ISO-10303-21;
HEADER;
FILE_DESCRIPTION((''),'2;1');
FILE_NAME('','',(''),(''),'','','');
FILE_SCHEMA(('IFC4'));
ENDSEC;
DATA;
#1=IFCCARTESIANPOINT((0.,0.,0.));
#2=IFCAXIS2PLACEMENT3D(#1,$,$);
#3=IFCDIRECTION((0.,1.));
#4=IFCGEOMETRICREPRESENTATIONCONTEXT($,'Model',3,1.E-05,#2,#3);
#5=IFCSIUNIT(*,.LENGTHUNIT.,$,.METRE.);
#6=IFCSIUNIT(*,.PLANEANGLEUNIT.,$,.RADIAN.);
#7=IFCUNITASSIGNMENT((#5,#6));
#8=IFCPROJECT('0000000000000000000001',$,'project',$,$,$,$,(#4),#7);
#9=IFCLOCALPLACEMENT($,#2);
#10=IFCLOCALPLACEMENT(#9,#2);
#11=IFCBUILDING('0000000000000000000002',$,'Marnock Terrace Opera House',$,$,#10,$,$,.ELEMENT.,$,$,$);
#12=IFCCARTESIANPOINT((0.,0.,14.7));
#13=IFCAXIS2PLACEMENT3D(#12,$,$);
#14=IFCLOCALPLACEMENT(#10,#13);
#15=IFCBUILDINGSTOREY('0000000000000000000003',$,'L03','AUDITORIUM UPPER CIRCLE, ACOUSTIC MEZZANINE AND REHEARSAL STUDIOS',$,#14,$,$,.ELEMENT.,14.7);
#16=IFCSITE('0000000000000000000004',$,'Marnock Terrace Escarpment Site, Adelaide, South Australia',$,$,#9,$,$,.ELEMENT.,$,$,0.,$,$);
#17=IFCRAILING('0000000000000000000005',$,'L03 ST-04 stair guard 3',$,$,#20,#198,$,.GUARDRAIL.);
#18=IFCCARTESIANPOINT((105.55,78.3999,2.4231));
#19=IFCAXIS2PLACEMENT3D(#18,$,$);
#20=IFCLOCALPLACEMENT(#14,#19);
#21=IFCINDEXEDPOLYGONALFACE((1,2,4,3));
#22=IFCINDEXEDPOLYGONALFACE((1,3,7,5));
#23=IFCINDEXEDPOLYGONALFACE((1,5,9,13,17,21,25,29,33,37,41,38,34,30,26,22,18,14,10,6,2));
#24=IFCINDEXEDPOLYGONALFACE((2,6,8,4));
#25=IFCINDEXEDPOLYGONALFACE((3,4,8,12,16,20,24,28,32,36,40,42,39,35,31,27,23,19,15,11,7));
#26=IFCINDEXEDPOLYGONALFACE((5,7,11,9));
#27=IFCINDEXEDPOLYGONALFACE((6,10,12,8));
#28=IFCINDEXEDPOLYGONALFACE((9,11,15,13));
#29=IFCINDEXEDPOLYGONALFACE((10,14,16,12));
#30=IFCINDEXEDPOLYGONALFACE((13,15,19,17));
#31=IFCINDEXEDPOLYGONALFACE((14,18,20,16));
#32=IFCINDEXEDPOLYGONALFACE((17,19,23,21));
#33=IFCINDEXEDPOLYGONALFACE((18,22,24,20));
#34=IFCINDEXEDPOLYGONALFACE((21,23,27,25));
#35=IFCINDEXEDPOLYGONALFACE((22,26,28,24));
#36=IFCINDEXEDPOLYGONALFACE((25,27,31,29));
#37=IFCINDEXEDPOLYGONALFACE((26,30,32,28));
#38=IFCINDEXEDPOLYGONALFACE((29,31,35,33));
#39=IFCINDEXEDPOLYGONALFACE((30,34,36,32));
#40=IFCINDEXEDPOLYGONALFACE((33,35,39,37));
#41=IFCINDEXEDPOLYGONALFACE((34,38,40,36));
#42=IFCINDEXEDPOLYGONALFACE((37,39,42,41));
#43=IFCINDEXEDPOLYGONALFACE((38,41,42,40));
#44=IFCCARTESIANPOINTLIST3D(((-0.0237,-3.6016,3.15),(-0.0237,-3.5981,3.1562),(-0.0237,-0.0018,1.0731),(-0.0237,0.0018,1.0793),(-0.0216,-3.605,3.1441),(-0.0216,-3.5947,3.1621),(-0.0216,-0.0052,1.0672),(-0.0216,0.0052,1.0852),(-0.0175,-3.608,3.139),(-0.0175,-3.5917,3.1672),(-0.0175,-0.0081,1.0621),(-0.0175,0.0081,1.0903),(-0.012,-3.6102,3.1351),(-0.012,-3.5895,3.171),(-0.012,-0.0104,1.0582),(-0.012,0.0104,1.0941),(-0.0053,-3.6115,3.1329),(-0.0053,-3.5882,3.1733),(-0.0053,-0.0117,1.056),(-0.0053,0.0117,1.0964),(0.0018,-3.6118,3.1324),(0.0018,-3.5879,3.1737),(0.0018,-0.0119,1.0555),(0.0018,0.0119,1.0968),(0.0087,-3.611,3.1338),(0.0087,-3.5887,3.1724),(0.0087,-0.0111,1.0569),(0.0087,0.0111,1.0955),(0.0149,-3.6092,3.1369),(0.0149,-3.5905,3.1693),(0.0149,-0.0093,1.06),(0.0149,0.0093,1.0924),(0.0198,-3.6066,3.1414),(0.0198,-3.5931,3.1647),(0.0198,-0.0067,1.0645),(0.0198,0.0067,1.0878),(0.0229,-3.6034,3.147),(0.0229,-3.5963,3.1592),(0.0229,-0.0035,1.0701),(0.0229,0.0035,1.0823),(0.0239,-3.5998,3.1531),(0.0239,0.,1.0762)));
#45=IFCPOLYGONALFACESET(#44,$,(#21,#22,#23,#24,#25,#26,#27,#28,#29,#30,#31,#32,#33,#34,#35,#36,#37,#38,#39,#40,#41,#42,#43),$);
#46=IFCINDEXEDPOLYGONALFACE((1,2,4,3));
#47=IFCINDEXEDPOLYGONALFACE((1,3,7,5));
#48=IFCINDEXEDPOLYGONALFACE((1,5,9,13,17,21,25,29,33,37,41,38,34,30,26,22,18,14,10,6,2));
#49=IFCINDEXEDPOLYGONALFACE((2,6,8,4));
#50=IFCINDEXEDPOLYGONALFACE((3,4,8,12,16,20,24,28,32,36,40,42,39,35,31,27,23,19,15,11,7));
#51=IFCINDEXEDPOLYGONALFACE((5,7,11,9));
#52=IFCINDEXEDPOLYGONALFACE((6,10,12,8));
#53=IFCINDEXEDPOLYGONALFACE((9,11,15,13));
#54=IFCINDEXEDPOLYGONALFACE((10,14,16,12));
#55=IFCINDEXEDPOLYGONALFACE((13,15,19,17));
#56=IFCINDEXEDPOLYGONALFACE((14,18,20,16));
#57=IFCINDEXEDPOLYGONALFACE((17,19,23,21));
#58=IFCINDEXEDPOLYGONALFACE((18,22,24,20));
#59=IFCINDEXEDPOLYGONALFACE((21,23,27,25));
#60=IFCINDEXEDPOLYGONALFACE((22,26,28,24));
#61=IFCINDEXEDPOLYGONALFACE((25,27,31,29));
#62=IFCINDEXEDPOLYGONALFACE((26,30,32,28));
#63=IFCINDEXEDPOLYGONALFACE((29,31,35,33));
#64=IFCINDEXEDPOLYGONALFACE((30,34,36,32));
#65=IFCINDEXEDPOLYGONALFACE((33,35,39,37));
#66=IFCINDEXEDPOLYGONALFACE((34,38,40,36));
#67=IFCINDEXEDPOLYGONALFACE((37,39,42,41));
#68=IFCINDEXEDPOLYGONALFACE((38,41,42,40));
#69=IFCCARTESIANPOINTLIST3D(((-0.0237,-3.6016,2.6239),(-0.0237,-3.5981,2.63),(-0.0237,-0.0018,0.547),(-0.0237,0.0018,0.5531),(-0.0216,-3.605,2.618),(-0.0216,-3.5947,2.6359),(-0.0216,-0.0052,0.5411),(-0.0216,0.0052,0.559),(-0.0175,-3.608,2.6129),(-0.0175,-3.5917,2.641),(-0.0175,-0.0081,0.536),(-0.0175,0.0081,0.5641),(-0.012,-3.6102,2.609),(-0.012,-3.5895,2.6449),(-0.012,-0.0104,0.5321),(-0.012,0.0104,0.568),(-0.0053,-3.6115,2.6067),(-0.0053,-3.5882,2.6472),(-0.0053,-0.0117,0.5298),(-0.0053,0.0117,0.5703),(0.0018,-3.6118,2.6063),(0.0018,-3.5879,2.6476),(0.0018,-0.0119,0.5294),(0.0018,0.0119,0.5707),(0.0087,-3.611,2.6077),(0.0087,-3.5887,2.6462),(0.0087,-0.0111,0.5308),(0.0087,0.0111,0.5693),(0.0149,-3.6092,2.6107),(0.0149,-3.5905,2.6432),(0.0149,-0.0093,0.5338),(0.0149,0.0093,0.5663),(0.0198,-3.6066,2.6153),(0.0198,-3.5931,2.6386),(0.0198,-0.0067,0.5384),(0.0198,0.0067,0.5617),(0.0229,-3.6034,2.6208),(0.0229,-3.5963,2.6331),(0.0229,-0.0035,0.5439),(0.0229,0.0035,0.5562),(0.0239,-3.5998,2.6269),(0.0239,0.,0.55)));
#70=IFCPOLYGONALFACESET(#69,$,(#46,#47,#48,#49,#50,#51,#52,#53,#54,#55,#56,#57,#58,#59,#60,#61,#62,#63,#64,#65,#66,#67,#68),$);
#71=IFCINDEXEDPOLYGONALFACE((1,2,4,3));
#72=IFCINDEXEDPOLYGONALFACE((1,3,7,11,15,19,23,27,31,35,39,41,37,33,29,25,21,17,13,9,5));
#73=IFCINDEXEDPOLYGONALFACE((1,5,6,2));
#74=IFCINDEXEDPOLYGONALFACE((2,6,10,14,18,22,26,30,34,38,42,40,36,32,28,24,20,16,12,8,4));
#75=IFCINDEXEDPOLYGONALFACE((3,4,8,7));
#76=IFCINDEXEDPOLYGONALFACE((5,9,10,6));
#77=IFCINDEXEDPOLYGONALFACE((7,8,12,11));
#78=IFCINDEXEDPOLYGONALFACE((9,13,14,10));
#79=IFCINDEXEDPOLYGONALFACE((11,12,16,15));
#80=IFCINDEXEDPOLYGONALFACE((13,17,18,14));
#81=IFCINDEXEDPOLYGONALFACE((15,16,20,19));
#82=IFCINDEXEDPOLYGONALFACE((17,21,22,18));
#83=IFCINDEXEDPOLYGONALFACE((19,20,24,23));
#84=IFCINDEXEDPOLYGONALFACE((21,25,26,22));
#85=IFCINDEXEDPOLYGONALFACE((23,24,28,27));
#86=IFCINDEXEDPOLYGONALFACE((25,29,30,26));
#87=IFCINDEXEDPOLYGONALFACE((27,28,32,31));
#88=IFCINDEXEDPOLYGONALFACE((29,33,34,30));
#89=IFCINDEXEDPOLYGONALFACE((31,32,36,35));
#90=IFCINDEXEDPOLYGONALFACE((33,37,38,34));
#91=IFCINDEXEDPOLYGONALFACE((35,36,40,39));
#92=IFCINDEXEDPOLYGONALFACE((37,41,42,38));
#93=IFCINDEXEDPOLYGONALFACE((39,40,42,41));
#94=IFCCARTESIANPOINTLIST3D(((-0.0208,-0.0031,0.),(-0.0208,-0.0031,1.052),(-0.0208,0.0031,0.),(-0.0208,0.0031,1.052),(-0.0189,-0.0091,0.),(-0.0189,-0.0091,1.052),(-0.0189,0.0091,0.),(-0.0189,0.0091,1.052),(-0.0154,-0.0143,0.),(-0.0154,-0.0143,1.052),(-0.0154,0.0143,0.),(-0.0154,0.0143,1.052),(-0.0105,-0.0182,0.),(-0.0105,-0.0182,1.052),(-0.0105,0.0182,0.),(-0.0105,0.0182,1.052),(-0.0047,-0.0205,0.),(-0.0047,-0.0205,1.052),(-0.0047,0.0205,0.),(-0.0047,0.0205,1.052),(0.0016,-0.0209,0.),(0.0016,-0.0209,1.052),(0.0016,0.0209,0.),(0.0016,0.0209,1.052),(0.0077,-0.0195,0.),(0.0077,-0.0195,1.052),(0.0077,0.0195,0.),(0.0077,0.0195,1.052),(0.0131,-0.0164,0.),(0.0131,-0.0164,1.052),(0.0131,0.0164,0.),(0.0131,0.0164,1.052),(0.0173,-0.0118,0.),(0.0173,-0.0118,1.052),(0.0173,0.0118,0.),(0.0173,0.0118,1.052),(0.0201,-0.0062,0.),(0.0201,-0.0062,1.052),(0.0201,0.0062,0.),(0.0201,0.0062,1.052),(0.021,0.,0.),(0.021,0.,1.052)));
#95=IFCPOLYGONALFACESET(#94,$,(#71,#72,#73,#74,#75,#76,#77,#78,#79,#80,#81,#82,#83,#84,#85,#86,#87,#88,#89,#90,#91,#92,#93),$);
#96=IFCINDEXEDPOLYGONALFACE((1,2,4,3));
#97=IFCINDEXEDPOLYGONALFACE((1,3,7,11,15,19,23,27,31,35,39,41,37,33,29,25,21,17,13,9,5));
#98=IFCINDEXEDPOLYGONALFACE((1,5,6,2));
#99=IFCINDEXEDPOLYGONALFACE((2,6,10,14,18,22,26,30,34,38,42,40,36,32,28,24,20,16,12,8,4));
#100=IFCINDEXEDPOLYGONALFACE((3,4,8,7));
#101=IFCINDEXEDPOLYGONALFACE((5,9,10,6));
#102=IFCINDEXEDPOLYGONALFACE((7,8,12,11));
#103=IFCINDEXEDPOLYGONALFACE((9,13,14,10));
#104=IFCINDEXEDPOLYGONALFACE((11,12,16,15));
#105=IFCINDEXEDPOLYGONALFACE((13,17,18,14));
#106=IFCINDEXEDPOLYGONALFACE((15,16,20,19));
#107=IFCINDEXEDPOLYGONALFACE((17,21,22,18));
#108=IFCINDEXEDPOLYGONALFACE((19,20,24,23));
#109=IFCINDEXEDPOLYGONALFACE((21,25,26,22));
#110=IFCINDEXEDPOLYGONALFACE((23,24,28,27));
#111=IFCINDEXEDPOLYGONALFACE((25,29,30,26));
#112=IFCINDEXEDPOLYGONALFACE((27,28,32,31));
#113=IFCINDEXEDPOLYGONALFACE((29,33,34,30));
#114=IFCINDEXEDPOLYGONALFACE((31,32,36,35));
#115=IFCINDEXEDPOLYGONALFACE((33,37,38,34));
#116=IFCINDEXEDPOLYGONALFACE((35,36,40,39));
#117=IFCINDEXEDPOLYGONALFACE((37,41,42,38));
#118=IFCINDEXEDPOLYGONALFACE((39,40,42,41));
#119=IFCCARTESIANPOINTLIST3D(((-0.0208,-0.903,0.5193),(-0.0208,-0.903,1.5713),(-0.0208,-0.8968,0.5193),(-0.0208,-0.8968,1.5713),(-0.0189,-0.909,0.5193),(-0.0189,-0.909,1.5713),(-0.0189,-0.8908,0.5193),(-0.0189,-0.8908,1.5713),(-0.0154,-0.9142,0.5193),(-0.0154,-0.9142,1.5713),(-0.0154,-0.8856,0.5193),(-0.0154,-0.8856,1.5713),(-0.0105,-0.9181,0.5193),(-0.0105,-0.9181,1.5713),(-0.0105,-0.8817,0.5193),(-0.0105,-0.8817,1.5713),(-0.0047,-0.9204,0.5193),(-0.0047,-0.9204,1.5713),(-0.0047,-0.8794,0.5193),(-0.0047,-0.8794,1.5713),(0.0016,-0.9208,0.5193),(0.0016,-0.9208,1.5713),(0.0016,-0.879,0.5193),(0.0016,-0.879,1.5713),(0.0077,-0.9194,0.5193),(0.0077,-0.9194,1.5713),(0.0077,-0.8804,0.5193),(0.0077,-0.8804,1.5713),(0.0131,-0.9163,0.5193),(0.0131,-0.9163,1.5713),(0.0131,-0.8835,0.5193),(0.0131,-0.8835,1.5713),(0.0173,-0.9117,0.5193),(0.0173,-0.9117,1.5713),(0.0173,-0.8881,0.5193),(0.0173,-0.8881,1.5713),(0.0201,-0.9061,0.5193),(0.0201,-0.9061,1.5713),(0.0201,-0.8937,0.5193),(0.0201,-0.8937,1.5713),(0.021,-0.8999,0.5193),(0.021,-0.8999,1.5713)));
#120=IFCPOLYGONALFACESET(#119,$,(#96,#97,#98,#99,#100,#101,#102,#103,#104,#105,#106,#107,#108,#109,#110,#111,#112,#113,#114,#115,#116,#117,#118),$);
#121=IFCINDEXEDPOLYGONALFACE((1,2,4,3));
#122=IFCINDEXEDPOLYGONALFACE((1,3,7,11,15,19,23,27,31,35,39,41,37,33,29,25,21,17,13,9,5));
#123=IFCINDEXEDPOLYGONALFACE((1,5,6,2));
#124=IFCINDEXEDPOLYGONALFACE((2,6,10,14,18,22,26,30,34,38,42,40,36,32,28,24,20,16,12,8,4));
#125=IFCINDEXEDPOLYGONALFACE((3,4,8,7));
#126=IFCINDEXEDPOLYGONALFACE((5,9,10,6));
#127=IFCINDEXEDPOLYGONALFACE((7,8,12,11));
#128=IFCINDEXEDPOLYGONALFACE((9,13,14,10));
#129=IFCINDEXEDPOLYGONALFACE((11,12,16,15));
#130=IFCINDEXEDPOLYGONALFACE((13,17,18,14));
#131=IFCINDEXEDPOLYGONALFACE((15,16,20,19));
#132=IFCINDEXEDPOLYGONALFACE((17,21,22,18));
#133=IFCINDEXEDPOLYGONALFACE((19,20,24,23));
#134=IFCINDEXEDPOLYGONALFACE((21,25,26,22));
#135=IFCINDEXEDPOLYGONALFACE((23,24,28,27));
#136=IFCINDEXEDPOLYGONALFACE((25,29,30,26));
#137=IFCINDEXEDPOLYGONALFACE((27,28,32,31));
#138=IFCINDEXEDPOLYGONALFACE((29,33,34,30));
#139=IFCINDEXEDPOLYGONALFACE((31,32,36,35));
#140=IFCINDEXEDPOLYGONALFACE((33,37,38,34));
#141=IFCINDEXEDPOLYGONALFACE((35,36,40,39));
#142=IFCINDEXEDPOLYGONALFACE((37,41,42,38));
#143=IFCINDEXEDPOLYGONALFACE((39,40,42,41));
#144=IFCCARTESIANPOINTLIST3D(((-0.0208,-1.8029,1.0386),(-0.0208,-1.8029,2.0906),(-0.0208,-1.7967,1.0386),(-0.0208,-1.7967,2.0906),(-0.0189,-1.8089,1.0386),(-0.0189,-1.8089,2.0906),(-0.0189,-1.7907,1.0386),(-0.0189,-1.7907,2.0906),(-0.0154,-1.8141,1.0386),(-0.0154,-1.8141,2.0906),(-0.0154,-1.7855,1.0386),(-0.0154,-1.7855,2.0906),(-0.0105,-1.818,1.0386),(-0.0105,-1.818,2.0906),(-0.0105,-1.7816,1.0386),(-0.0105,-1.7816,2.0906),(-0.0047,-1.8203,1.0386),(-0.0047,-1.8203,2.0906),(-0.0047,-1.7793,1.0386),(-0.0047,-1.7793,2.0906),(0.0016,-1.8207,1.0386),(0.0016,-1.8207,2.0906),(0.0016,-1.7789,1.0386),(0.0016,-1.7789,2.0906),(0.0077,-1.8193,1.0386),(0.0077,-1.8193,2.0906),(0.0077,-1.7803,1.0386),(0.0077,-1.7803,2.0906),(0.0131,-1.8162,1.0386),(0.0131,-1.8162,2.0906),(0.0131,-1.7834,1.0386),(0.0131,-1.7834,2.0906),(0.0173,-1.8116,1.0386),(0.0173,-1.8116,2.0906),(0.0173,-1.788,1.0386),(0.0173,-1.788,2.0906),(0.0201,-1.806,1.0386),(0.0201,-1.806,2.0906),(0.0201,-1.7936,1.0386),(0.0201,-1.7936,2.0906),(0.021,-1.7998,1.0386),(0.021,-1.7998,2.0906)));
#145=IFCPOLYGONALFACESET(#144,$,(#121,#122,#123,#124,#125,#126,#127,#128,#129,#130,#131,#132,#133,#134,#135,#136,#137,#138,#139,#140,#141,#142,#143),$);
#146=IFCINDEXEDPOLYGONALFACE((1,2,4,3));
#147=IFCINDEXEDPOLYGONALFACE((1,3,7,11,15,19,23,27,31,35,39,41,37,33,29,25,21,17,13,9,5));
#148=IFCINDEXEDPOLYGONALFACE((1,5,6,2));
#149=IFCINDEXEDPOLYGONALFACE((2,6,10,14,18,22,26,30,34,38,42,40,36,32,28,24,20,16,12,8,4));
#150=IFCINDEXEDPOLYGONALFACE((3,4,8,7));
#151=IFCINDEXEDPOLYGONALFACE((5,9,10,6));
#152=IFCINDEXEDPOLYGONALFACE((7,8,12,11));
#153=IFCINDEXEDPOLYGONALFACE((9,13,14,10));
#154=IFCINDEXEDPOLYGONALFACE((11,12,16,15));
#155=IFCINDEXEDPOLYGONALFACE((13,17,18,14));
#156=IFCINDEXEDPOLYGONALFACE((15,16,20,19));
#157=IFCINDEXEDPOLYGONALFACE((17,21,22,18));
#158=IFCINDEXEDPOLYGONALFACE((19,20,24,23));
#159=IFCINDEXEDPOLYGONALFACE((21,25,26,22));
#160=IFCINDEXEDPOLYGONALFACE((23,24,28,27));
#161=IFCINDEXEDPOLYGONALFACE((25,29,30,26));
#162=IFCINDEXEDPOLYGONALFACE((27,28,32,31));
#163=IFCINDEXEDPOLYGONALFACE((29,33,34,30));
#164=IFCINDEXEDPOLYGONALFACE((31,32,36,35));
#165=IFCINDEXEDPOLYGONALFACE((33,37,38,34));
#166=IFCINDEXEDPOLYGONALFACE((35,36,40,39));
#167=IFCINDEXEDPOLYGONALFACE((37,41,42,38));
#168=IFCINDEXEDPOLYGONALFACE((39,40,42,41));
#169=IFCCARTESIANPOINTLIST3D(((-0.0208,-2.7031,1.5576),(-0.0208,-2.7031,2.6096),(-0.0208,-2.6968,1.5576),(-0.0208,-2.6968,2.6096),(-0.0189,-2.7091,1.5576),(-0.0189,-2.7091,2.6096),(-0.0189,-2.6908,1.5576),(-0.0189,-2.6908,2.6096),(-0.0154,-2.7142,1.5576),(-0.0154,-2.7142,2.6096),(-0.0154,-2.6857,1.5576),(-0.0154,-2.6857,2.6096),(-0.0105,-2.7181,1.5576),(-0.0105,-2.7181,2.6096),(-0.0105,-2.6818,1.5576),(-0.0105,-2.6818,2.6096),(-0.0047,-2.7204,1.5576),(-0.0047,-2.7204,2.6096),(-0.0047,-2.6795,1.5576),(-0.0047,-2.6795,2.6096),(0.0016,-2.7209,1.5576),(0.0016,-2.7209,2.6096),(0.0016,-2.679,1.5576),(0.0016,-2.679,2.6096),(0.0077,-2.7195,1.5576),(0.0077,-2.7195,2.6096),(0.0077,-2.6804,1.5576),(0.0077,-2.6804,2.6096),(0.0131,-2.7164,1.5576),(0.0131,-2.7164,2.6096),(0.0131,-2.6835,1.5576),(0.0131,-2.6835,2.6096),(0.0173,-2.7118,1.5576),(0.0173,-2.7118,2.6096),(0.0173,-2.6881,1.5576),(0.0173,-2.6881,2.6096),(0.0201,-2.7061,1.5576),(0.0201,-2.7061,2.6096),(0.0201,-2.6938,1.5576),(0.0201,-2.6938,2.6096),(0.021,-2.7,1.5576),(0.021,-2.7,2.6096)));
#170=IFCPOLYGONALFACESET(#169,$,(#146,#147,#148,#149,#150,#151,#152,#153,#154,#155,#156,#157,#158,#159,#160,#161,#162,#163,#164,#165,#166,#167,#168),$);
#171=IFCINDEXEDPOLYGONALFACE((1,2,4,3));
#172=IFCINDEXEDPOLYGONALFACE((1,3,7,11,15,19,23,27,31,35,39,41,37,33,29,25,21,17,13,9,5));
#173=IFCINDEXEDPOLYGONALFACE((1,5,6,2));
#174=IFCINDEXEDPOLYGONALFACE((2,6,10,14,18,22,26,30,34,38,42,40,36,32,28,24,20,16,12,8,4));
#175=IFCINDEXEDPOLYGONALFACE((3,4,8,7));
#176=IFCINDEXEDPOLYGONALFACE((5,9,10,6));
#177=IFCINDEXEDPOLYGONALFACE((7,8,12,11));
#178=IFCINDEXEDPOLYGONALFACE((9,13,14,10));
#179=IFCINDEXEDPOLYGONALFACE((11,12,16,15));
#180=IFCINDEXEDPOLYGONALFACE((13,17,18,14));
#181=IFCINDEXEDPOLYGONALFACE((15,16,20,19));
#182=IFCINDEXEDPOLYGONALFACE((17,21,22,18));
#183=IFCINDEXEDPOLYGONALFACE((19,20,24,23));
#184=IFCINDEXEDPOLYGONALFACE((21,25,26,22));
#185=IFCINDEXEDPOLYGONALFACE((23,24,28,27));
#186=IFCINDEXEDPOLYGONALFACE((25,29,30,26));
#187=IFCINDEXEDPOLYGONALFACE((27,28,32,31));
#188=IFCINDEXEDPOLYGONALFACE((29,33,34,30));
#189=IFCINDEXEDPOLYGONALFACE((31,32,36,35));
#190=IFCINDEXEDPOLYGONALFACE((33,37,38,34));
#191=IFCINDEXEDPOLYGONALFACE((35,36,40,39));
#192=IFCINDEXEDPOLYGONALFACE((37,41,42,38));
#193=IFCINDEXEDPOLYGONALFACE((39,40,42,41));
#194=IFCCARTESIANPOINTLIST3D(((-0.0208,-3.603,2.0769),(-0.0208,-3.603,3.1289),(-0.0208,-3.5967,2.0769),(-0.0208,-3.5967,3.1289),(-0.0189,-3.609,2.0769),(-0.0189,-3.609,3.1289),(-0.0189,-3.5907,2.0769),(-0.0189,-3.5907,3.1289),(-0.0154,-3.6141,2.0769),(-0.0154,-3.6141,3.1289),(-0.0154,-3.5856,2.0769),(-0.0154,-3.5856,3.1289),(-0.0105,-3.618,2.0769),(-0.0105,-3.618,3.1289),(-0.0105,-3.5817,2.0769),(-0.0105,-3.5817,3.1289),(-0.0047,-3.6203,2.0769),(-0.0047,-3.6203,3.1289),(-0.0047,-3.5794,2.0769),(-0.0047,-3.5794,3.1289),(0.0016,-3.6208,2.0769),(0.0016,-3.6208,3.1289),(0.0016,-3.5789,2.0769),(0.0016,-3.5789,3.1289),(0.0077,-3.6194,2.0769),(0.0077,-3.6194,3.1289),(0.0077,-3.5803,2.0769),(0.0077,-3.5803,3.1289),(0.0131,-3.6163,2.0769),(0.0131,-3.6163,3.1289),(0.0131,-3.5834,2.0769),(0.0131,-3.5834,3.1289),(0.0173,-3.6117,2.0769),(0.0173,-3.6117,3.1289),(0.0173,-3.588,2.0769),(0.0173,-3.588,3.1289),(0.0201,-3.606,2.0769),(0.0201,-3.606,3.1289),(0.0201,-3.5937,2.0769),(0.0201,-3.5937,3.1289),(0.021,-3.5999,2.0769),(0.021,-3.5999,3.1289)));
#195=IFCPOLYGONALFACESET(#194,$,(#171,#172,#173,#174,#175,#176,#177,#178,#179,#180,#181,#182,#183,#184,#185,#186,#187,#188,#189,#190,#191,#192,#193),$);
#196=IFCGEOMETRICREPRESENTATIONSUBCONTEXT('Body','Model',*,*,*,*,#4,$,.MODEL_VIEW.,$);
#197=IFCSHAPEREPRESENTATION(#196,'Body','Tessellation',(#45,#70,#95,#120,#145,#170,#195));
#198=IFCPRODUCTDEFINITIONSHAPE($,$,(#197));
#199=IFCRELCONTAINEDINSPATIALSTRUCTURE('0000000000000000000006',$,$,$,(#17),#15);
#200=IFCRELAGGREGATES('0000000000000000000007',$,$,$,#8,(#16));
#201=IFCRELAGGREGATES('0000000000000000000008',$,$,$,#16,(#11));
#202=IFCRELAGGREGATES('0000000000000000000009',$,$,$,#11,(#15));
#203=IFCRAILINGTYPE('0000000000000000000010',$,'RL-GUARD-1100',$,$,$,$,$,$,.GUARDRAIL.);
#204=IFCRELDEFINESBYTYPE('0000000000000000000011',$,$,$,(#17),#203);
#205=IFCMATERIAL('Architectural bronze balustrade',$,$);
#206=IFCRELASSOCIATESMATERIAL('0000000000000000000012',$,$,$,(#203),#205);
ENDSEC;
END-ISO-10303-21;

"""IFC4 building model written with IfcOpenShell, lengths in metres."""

from ifc_helpers import new_model, si_unit, direction, frame, origin, origin_2d, place, context, subcontext, project, spatial, circle, extrude, material, type_object, element, save


model = new_model("IFC4")

# Units and contexts
model_context = context("Model", 3, precision=1e-05, world=origin(), true_north=direction((0.0, 1.0)))
body_context = subcontext(model_context, "Body", "Model", "MODEL_VIEW")
ifc_project = project(units=[si_unit("LENGTHUNIT", "METRE"), si_unit("PLANEANGLEUNIT", "RADIAN")], contexts=[model_context])

# Site, building, storey
site_placement = place(None, origin())
site = spatial("IfcSite", under=ifc_project, at=site_placement, Name="Marnock Terrace Escarpment Site, Adelaide, South Australia", CompositionType="ELEMENT", RefElevation=0.0)
building_placement = place(site_placement, origin())
building = spatial("IfcBuilding", under=site, at=building_placement, Name="Marnock Terrace Opera House", CompositionType="ELEMENT")
storey_placement = place(building_placement, frame((0.0, 0.0, 14.7)))
storey = spatial("IfcBuildingStorey", under=building, at=storey_placement, Name="L03", Description="AUDITORIUM UPPER CIRCLE, ACOUSTIC MEZZANINE AND REHEARSAL STUDIOS", CompositionType="ELEMENT", Elevation=14.7)

# Railing
ifc_material_1 = material(Name="Architectural bronze balustrade")
railing_type_1 = type_object("IfcRailingType", Name="RL-GUARD-1100", PredefinedType="GUARDRAIL", material=ifc_material_1)
railing_1_placement = place(storey_placement, frame((105.55, 78.3999, 2.4231)))
element("IfcRailing", 1, at=railing_1_placement, inside=storey, type_object=railing_type_1, Name="L03 ST-04 stair guard 3", PredefinedType="GUARDRAIL", context=body_context, shape_type="SweptSolid", body=[
    extrude(circle(Radius=0.0239, at=origin_2d()), frame((0.0, 0.0, 1.0762), z_axis=(0.0, -0.866179, 0.499734), x_axis=(1.0, 0.0, 0.0)), (0.0, 0.0, 1.0), 4.156),
    extrude(circle(Radius=0.0239, at=origin_2d()), frame((0.0, 0.0, 0.55), z_axis=(0.0, -0.866179, 0.499734), x_axis=(1.0, 0.0, 0.0)), (0.0, 0.0, 1.0), 4.156),
    extrude(circle(Radius=0.021, at=origin_2d()), origin(), (0.0, 0.0, 1.0), 1.052),
    extrude(circle(Radius=0.021, at=origin_2d()), frame((0.0, -0.8999, 0.5193)), (0.0, 0.0, 1.0), 1.052),
    extrude(circle(Radius=0.021, at=origin_2d()), frame((0.0, -1.7998, 1.0386)), (0.0, 0.0, 1.0), 1.052),
    extrude(circle(Radius=0.021, at=origin_2d()), frame((0.0, -2.7, 1.5576)), (0.0, 0.0, 1.0), 1.052),
    extrude(circle(Radius=0.021, at=origin_2d()), frame((0.0, -3.5999, 2.0769)), (0.0, 0.0, 1.0), 1.052),
])

save(model, "model.ifc")
